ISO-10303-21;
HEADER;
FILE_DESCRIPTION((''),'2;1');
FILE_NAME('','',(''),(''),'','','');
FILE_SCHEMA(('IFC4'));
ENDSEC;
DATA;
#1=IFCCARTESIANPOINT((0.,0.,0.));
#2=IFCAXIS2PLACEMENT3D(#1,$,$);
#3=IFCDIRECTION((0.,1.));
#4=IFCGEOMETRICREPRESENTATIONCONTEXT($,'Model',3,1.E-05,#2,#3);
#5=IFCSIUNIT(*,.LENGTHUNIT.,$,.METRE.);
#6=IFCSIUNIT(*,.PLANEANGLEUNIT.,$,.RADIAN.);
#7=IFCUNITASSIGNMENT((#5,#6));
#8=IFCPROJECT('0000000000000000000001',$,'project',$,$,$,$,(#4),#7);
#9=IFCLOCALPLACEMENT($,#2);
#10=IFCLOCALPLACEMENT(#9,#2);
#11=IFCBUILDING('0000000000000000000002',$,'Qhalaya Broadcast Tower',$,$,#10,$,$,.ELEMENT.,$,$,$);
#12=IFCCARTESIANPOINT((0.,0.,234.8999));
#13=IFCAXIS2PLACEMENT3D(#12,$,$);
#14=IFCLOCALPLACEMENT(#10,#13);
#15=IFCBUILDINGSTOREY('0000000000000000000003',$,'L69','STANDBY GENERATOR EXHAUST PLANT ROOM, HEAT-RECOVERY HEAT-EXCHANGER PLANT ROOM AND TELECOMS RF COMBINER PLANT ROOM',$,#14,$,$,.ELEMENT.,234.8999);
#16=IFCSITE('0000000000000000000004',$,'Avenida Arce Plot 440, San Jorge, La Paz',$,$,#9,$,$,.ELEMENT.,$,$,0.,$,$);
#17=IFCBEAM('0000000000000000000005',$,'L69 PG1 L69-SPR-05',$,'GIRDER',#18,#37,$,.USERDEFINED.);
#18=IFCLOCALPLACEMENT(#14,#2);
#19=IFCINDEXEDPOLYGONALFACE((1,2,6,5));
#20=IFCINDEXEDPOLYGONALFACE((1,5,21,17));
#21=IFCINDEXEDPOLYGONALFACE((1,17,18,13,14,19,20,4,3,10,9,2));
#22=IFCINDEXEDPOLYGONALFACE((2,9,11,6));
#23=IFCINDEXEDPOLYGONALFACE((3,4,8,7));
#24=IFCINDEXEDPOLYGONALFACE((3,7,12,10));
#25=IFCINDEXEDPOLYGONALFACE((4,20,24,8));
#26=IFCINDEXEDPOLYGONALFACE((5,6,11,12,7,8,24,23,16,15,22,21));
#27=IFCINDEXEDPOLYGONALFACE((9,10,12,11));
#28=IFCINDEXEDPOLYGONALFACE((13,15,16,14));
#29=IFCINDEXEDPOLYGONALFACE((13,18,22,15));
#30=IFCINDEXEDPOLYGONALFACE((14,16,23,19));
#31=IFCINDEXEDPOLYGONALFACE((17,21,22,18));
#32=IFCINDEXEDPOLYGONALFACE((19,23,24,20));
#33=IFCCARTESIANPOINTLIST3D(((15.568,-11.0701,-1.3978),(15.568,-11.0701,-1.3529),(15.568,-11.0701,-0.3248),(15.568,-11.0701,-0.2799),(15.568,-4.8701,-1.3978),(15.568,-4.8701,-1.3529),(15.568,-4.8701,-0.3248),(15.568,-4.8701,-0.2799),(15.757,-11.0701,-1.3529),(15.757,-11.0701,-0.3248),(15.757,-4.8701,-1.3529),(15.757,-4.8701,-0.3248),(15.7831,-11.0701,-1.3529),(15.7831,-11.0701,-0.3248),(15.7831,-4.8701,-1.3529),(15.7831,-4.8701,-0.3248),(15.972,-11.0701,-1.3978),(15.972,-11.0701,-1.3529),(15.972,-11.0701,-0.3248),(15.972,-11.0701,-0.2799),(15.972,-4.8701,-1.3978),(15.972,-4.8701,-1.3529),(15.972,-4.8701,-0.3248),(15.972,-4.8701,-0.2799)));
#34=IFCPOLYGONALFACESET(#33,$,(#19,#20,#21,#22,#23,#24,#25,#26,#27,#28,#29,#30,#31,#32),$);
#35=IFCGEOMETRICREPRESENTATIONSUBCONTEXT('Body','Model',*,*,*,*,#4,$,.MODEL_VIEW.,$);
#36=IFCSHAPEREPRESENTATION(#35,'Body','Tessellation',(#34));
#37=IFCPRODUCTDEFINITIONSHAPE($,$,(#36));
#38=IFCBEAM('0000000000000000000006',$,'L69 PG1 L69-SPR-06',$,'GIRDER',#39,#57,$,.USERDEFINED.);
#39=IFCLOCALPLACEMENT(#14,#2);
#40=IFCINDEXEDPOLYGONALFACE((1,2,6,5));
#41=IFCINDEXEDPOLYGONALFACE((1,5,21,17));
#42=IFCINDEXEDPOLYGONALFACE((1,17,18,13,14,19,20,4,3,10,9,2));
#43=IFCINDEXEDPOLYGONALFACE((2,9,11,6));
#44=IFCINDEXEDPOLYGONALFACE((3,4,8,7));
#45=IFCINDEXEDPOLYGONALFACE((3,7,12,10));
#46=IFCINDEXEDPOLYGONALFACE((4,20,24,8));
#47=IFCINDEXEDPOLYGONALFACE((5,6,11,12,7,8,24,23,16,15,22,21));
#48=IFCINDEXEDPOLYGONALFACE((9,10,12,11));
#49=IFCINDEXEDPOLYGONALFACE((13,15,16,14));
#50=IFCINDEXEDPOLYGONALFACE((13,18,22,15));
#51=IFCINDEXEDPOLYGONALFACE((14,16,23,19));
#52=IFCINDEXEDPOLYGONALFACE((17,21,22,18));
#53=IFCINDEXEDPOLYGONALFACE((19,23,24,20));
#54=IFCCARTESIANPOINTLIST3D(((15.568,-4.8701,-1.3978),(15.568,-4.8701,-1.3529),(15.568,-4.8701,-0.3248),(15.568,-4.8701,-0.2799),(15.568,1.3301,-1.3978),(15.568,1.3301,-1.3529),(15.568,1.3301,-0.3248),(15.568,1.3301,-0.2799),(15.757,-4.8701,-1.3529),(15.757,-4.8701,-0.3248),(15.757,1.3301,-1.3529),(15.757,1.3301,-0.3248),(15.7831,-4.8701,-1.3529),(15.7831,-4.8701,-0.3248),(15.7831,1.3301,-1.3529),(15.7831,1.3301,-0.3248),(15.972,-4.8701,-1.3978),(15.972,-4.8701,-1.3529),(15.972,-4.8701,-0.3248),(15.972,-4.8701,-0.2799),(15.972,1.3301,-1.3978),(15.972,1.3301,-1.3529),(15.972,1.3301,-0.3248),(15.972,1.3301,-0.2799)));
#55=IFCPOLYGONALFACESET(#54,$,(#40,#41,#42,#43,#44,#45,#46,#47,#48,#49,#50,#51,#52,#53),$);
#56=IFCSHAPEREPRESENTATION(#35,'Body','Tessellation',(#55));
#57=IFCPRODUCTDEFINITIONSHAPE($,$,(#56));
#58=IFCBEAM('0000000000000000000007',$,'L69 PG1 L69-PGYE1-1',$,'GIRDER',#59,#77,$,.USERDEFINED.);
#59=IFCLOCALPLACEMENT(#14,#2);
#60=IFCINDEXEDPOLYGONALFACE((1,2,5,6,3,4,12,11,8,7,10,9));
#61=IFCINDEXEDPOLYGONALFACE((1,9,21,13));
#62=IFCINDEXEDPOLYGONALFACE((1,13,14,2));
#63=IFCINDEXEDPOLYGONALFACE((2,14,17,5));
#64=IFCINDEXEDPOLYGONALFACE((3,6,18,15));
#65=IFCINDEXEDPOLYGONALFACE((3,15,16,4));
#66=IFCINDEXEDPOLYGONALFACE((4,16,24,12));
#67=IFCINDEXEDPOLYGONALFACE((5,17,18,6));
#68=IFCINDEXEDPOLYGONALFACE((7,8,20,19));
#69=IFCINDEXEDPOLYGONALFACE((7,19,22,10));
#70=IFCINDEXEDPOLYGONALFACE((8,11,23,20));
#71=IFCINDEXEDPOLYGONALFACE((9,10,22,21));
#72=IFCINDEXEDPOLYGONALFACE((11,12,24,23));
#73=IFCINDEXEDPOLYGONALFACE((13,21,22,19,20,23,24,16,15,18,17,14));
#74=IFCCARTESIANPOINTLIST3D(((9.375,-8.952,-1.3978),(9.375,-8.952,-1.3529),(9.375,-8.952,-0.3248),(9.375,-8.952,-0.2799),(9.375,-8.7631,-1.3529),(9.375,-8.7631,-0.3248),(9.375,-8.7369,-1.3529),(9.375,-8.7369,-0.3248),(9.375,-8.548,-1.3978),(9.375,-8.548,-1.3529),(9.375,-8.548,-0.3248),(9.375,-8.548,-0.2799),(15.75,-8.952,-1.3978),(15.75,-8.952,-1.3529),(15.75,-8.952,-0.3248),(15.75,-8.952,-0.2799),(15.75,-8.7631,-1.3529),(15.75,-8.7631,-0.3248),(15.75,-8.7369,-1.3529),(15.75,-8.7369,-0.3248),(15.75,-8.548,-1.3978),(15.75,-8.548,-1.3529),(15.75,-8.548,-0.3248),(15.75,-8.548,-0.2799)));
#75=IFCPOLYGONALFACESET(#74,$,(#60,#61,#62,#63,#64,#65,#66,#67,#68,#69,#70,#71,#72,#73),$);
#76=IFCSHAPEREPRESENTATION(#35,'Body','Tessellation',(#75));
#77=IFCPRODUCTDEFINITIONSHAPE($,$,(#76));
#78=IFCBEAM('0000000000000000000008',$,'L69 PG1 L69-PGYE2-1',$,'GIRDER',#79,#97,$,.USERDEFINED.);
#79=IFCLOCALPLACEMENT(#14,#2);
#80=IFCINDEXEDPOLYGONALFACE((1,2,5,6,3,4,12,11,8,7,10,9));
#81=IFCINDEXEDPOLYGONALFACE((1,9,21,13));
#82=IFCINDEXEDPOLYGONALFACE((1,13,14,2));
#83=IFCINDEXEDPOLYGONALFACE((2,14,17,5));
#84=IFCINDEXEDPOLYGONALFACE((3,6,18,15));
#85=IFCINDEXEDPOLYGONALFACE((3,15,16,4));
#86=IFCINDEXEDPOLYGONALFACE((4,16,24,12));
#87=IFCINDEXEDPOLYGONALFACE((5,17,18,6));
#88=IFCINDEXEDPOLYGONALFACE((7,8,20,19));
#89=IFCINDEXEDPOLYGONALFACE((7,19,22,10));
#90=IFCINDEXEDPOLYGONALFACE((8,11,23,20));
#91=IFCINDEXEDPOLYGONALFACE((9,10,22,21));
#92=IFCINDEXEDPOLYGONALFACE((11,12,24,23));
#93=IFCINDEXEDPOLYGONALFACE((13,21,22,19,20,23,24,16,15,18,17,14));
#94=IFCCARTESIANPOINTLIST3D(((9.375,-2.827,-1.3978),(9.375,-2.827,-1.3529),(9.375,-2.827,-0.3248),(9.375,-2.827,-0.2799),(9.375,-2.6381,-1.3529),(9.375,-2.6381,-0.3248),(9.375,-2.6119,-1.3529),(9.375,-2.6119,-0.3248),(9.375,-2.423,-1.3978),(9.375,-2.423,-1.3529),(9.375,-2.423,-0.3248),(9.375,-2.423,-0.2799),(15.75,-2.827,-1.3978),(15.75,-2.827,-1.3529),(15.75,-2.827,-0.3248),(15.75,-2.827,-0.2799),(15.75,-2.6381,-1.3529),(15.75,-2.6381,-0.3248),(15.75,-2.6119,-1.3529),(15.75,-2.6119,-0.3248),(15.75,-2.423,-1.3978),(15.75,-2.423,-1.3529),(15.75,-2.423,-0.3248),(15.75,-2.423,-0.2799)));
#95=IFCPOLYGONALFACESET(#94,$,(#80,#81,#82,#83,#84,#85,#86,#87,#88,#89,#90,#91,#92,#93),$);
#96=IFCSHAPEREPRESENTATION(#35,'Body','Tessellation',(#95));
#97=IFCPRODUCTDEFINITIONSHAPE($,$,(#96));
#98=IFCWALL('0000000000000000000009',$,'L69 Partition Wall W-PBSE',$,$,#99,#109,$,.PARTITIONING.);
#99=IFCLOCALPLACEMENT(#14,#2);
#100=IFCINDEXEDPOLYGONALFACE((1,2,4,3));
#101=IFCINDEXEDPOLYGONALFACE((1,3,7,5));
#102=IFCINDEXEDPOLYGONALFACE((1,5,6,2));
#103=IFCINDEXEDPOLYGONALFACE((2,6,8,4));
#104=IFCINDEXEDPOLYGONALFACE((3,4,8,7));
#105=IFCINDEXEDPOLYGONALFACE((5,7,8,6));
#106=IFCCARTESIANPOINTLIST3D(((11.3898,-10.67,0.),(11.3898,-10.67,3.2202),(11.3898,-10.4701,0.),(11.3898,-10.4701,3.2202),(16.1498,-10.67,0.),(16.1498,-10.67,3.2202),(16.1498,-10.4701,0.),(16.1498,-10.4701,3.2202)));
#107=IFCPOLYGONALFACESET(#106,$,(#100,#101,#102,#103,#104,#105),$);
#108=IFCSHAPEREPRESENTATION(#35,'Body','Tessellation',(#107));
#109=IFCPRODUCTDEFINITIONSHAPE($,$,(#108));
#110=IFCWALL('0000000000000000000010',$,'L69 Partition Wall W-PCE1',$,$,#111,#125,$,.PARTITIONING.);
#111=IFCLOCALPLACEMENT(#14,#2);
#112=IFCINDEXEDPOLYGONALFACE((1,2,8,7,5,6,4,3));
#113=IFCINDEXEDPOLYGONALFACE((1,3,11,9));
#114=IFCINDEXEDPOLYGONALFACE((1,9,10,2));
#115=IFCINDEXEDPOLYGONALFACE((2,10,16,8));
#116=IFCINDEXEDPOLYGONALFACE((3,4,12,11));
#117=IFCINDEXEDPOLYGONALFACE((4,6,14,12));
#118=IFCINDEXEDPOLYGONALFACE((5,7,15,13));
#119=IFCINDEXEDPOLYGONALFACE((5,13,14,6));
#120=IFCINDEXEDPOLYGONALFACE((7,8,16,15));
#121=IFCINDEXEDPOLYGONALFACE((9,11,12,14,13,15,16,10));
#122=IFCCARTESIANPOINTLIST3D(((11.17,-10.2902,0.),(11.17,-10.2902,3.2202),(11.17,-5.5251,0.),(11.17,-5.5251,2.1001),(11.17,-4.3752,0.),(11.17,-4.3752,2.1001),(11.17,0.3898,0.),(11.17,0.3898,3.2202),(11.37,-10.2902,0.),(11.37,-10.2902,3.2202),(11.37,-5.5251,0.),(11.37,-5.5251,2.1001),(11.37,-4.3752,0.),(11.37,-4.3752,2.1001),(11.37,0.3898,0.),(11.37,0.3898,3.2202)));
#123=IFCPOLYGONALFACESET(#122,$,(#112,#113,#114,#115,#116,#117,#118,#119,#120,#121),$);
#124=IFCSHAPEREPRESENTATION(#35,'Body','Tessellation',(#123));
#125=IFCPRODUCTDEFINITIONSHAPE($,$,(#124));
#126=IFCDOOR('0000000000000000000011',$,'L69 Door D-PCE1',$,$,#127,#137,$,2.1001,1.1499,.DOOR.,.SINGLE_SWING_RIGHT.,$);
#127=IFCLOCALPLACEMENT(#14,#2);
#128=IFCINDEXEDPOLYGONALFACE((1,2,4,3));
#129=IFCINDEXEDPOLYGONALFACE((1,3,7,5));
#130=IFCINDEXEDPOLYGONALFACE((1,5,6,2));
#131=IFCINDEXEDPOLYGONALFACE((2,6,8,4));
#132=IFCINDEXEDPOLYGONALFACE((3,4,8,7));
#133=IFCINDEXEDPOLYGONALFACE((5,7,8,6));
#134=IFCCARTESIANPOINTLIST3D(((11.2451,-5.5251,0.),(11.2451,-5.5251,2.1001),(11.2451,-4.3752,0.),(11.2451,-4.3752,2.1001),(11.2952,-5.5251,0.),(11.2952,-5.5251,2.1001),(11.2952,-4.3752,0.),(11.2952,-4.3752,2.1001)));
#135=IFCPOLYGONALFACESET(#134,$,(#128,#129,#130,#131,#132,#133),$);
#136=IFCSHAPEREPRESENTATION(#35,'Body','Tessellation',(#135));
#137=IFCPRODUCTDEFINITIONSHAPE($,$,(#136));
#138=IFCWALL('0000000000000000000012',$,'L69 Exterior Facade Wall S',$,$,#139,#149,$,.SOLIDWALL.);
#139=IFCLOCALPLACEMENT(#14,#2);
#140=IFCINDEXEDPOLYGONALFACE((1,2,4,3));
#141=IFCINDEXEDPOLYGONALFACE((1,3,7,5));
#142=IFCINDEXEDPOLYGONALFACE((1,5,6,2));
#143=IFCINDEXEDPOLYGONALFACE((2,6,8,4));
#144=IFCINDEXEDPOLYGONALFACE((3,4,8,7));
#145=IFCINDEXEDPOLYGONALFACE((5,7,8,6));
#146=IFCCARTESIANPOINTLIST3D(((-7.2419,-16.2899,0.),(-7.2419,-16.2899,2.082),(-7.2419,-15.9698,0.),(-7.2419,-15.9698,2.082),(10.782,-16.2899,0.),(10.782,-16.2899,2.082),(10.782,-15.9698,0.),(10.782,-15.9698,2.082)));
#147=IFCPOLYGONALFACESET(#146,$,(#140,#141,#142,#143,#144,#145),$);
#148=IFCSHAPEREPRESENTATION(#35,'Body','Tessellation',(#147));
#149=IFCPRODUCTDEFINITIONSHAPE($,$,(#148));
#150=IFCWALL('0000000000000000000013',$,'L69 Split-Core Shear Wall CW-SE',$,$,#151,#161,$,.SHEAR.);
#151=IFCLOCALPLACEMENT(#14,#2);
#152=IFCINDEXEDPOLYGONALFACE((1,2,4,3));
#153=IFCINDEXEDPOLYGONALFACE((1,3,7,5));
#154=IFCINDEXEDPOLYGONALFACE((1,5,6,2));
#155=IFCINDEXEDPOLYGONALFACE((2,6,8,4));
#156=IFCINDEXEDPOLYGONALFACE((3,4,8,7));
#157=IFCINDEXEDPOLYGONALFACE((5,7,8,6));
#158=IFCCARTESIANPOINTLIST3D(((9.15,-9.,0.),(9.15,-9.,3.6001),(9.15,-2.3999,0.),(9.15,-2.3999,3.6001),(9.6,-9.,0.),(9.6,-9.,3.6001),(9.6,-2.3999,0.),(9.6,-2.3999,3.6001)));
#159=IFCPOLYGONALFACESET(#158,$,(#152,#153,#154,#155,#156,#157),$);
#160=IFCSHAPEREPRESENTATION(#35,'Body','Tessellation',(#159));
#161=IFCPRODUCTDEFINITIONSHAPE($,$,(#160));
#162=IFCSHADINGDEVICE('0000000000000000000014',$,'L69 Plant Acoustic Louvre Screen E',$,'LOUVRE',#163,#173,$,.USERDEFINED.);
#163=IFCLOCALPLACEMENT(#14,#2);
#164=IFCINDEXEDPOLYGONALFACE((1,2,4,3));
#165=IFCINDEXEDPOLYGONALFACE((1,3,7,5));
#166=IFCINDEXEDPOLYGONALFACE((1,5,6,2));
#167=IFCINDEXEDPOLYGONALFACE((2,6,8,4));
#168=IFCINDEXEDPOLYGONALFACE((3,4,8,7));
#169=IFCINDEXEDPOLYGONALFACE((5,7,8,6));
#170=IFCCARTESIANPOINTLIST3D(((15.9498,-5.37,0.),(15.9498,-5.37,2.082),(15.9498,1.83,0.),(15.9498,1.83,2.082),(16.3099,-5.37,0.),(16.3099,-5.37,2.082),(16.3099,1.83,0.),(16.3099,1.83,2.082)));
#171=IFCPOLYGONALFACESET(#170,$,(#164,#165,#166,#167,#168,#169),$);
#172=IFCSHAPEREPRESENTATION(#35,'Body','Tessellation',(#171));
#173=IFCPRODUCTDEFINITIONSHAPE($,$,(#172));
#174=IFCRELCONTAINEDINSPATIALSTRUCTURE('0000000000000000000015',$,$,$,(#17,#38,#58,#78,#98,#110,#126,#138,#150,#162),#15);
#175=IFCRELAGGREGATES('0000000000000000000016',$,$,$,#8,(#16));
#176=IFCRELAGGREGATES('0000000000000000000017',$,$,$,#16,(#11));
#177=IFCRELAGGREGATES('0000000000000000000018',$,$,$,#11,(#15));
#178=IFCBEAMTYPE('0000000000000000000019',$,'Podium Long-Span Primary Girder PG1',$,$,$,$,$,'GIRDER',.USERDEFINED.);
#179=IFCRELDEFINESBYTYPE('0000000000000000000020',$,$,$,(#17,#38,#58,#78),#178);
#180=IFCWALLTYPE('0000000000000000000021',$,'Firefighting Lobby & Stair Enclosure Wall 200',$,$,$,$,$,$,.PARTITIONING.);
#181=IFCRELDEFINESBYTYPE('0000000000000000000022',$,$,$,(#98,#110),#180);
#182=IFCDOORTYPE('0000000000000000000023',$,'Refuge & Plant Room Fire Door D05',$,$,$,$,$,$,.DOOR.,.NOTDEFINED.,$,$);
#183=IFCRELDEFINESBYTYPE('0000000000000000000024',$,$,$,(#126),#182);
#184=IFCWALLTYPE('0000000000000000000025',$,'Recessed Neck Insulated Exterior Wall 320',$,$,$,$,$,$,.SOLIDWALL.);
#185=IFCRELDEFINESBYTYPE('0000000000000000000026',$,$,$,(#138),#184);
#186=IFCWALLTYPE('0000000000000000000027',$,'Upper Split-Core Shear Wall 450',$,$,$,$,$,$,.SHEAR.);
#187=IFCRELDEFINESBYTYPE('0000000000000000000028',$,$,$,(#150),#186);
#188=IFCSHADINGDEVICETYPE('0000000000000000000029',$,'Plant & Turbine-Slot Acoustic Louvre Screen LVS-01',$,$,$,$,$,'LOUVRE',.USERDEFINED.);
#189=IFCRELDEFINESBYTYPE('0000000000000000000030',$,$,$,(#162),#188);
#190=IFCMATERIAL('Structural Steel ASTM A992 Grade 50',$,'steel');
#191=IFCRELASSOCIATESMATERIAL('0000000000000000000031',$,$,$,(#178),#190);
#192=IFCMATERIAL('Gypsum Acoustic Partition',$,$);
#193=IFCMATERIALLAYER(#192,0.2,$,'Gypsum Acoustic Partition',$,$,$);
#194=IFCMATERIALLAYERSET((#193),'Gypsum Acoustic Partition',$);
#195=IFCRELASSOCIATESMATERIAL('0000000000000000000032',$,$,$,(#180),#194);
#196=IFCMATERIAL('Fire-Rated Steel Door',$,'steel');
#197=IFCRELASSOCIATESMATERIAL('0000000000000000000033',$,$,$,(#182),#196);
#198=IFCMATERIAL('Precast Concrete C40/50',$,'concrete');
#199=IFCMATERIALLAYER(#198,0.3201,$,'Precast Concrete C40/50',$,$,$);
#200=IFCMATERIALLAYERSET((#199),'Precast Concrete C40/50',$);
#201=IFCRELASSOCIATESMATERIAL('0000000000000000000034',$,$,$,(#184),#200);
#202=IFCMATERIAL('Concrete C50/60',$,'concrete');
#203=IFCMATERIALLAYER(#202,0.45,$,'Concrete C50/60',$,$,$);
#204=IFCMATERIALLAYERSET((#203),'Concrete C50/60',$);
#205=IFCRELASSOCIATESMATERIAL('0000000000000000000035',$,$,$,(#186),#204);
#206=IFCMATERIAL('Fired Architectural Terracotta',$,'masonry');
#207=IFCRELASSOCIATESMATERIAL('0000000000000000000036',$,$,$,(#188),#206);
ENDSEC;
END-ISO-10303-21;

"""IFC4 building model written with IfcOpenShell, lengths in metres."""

from ifc_helpers import new_model, si_unit, direction, frame, frame_2d, origin, origin_2d, place, context, subcontext, project, spatial, rectangle, i_section, extrude, material, layer, layer_set, material_profile, profile_set, type_object, element, fill, save


model = new_model("IFC4")

# Units and contexts
model_context = context("Model", 3, precision=1e-05, world=origin(), true_north=direction((0.0, 1.0)))
body_context = subcontext(model_context, "Body", "Model", "MODEL_VIEW")
ifc_project = project(units=[si_unit("LENGTHUNIT", "METRE"), si_unit("PLANEANGLEUNIT", "RADIAN")], contexts=[model_context])

# Site, building, storey
site_placement = place(None, origin())
site = spatial("IfcSite", under=ifc_project, at=site_placement, Name="Avenida Arce Plot 440, San Jorge, La Paz", CompositionType="ELEMENT", RefElevation=0.0)
building_placement = place(site_placement, origin())
building = spatial("IfcBuilding", under=site, at=building_placement, Name="Qhalaya Broadcast Tower", CompositionType="ELEMENT")
storey_placement = place(building_placement, frame((0.0, 0.0, 234.8999)))
storey = spatial("IfcBuildingStorey", under=building, at=storey_placement, Name="L69", Description="STANDBY GENERATOR EXHAUST PLANT ROOM, HEAT-RECOVERY HEAT-EXCHANGER PLANT ROOM AND TELECOMS RF COMBINER PLANT ROOM", CompositionType="ELEMENT", Elevation=234.8999)

# Shared definitions
ifc_material_1 = material(Name="Concrete C50/60", Category="concrete")

# Beams
ifc_material_2 = material(Name="Structural Steel ASTM A992 Grade 50", Category="steel")
ifc_material_profile_1 = material_profile(ifc_material_2, i_section(OverallWidth=0.4041, OverallDepth=1.1179, WebThickness=0.0261, FlangeThickness=0.0449, at=origin_2d()), Name="W44X335")
ifc_profile_set_1 = profile_set([ifc_material_profile_1], Name="Structural Steel ASTM A992 Grade 50")
beam_type_1 = type_object("IfcBeamType", Name="Podium Long-Span Primary Girder PG1", ElementType="GIRDER", PredefinedType="USERDEFINED", material=ifc_profile_set_1)
beam_1_placement = place(storey_placement, frame((15.77, -11.0701, -0.8389), z_axis=(0.0, 1.0, 0.0), x_axis=(-1.0, 0.0, 0.0)))
element("IfcBeam", 1, at=beam_1_placement, inside=storey, type_object=beam_type_1, Name="L69 PG1 L69-SPR-05", ObjectType="GIRDER", PredefinedType="USERDEFINED", context=body_context, shape_type="SweptSolid", body=[
    extrude(i_section(OverallWidth=0.4041, OverallDepth=1.1179, WebThickness=0.0261, FlangeThickness=0.0449, at=origin_2d()), origin(), (0.0, 0.0, 1.0), 6.2),
])
beam_2_placement = place(storey_placement, frame((15.77, -4.8701, -0.8389), z_axis=(0.0, 1.0, 0.0), x_axis=(-1.0, 0.0, 0.0)))
element("IfcBeam", 2, at=beam_2_placement, inside=storey, type_object=beam_type_1, Name="L69 PG1 L69-SPR-06", ObjectType="GIRDER", PredefinedType="USERDEFINED", context=body_context, shape_type="SweptSolid", body=[
    extrude(i_section(OverallWidth=0.4041, OverallDepth=1.1179, WebThickness=0.0261, FlangeThickness=0.0449, at=origin_2d()), origin(), (0.0, 0.0, 1.0), 6.2002),
])
for number, where, z_axis, x_axis, name in (
    (3, (9.375, -8.75, -0.8389), (1.0, 0.0, 0.0), (0.0, 1.0, 0.0), "L69 PG1 L69-PGYE1-1"),
    (4, (9.375, -2.625, -0.8389), (1.0, 0.0, 0.0), (0.0, 1.0, 0.0), "L69 PG1 L69-PGYE2-1"),
):
    element("IfcBeam", number, at=place(storey_placement, frame(where, z_axis=z_axis, x_axis=x_axis)), inside=storey, type_object=beam_type_1, Name=name, ObjectType="GIRDER", PredefinedType="USERDEFINED", context=body_context, shape_type="SweptSolid", body=[
        extrude(i_section(OverallWidth=0.4041, OverallDepth=1.1179, WebThickness=0.0261, FlangeThickness=0.0449, at=origin_2d()), origin(), (0.0, 0.0, 1.0), 6.375),
    ])

# Wall
ifc_material_3 = material(Name="Gypsum Acoustic Partition")
ifc_layer_1 = layer(ifc_material_3, 0.2, Name="Gypsum Acoustic Partition")
ifc_layer_set_1 = layer_set([ifc_layer_1], Name="Gypsum Acoustic Partition")
wall_type_1 = type_object("IfcWallType", Name="Firefighting Lobby & Stair Enclosure Wall 200", PredefinedType="PARTITIONING", material=ifc_layer_set_1)
wall_1_placement = place(storey_placement, frame((11.3899, -10.5701, 0.0), z_axis=(0.0, 0.0, 1.0), x_axis=(1.0, 0.0, 0.0)))
element("IfcWall", 5, at=wall_1_placement, inside=storey, type_object=wall_type_1, Name="L69 Partition Wall W-PBSE", PredefinedType="PARTITIONING", context=body_context, shape_type="SweptSolid", body=[
    extrude(rectangle(XDim=4.76, YDim=0.2, at=frame_2d((2.3799, 0.0))), origin(), (0.0, 0.0, 1.0), 3.2202),
])

# Wall, opening, door
wall_2_placement = place(storey_placement, frame((11.27, -10.29, 0.0), z_axis=(0.0, 0.0, 1.0), x_axis=(0.0, 1.0, 0.0)))
wall_2 = element("IfcWall", 6, at=wall_2_placement, inside=storey, type_object=wall_type_1, Name="L69 Partition Wall W-PCE1", PredefinedType="PARTITIONING", context=body_context, shape_type="SweptSolid", body=[
    extrude(rectangle(XDim=10.6799, YDim=0.2, at=frame_2d((5.3398, 0.0))), origin(), (0.0, 0.0, 1.0), 3.2202),
])
opening_placement = place(wall_2_placement, frame((4.7649, 0.0, 0.0)))
opening = element("IfcOpeningElement", 7, at=opening_placement, cuts=wall_2, PredefinedType="OPENING", context=body_context, shape_type="SweptSolid", body=[
    extrude(rectangle(XDim=1.1499, YDim=2.1001, at=frame_2d((0.575, 1.05))), frame((0.0, 0.1121, 0.0), z_axis=(0.0, -1.0, 0.0), x_axis=(1.0, 0.0, 0.0)), (0.0, 0.0, 1.0), 0.2239),
])
ifc_material_4 = material(Name="Fire-Rated Steel Door", Category="steel")
door_type = type_object("IfcDoorType", Name="Refuge & Plant Room Fire Door D05", OperationType="NOTDEFINED", PredefinedType="DOOR", material=ifc_material_4)
door_placement = place(opening_placement, origin())
door = element("IfcDoor", 8, at=door_placement, inside=storey, type_object=door_type, Name="L69 Door D-PCE1", OperationType="SINGLE_SWING_RIGHT", OverallHeight=2.1001, OverallWidth=1.1499, PredefinedType="DOOR", context=body_context, shape_type="SweptSolid", body=[
    extrude(rectangle(XDim=1.1499, YDim=2.1001, at=frame_2d((0.575, 1.05))), frame((0.0, 0.0249, 0.0), z_axis=(0.0, -1.0, 0.0), x_axis=(1.0, 0.0, 0.0)), (0.0, 0.0, 1.0), 0.05),
])
fill(opening, door)

# Walls
ifc_material_5 = material(Name="Precast Concrete C40/50", Category="concrete")
ifc_layer_2 = layer(ifc_material_5, 0.3201, Name="Precast Concrete C40/50")
ifc_layer_set_2 = layer_set([ifc_layer_2], Name="Precast Concrete C40/50")
wall_type_2 = type_object("IfcWallType", Name="Recessed Neck Insulated Exterior Wall 320", PredefinedType="SOLIDWALL", material=ifc_layer_set_2)
wall_3_placement = place(storey_placement, frame((10.782, -16.1299, 0.0), z_axis=(0.0, 0.0, 1.0), x_axis=(-1.0, 0.0, 0.0)))
element("IfcWall", 9, at=wall_3_placement, inside=storey, type_object=wall_type_2, Name="L69 Exterior Facade Wall S", PredefinedType="SOLIDWALL", context=body_context, shape_type="SweptSolid", body=[
    extrude(rectangle(XDim=18.0239, YDim=0.3201, at=frame_2d((9.012, 0.0))), origin(), (0.0, 0.0, 1.0), 2.082),
])
ifc_layer_3 = layer(ifc_material_1, 0.45, Name="Concrete C50/60")
ifc_layer_set_3 = layer_set([ifc_layer_3], Name="Concrete C50/60")
wall_type_3 = type_object("IfcWallType", Name="Upper Split-Core Shear Wall 450", PredefinedType="SHEAR", material=ifc_layer_set_3)
wall_4_placement = place(storey_placement, frame((9.375, -9.0, 0.0), z_axis=(0.0, 0.0, 1.0), x_axis=(0.0, 1.0, 0.0)))
element("IfcWall", 10, at=wall_4_placement, inside=storey, type_object=wall_type_3, Name="L69 Split-Core Shear Wall CW-SE", PredefinedType="SHEAR", context=body_context, shape_type="SweptSolid", body=[
    extrude(rectangle(XDim=6.6001, YDim=0.45, at=frame_2d((3.3, 0.0))), origin(), (0.0, 0.0, 1.0), 3.6001),
])

# Shading device
ifc_material_6 = material(Name="Fired Architectural Terracotta", Category="masonry")
shading_device_type = type_object("IfcShadingDeviceType", Name="Plant & Turbine-Slot Acoustic Louvre Screen LVS-01", ElementType="LOUVRE", PredefinedType="USERDEFINED", material=ifc_material_6)
shading_device_placement = place(storey_placement, frame((16.1299, -1.77, 0.0), z_axis=(0.0, 0.0, 1.0), x_axis=(0.0, -1.0, 0.0)))
element("IfcShadingDevice", 11, at=shading_device_placement, inside=storey, type_object=shading_device_type, Name="L69 Plant Acoustic Louvre Screen E", ObjectType="LOUVRE", PredefinedType="USERDEFINED", context=body_context, shape_type="SweptSolid", body=[
    extrude(rectangle(XDim=7.2, YDim=0.3601, at=origin_2d()), origin(), (0.0, 0.0, 1.0), 2.082),
])

save(model, "model.ifc")
